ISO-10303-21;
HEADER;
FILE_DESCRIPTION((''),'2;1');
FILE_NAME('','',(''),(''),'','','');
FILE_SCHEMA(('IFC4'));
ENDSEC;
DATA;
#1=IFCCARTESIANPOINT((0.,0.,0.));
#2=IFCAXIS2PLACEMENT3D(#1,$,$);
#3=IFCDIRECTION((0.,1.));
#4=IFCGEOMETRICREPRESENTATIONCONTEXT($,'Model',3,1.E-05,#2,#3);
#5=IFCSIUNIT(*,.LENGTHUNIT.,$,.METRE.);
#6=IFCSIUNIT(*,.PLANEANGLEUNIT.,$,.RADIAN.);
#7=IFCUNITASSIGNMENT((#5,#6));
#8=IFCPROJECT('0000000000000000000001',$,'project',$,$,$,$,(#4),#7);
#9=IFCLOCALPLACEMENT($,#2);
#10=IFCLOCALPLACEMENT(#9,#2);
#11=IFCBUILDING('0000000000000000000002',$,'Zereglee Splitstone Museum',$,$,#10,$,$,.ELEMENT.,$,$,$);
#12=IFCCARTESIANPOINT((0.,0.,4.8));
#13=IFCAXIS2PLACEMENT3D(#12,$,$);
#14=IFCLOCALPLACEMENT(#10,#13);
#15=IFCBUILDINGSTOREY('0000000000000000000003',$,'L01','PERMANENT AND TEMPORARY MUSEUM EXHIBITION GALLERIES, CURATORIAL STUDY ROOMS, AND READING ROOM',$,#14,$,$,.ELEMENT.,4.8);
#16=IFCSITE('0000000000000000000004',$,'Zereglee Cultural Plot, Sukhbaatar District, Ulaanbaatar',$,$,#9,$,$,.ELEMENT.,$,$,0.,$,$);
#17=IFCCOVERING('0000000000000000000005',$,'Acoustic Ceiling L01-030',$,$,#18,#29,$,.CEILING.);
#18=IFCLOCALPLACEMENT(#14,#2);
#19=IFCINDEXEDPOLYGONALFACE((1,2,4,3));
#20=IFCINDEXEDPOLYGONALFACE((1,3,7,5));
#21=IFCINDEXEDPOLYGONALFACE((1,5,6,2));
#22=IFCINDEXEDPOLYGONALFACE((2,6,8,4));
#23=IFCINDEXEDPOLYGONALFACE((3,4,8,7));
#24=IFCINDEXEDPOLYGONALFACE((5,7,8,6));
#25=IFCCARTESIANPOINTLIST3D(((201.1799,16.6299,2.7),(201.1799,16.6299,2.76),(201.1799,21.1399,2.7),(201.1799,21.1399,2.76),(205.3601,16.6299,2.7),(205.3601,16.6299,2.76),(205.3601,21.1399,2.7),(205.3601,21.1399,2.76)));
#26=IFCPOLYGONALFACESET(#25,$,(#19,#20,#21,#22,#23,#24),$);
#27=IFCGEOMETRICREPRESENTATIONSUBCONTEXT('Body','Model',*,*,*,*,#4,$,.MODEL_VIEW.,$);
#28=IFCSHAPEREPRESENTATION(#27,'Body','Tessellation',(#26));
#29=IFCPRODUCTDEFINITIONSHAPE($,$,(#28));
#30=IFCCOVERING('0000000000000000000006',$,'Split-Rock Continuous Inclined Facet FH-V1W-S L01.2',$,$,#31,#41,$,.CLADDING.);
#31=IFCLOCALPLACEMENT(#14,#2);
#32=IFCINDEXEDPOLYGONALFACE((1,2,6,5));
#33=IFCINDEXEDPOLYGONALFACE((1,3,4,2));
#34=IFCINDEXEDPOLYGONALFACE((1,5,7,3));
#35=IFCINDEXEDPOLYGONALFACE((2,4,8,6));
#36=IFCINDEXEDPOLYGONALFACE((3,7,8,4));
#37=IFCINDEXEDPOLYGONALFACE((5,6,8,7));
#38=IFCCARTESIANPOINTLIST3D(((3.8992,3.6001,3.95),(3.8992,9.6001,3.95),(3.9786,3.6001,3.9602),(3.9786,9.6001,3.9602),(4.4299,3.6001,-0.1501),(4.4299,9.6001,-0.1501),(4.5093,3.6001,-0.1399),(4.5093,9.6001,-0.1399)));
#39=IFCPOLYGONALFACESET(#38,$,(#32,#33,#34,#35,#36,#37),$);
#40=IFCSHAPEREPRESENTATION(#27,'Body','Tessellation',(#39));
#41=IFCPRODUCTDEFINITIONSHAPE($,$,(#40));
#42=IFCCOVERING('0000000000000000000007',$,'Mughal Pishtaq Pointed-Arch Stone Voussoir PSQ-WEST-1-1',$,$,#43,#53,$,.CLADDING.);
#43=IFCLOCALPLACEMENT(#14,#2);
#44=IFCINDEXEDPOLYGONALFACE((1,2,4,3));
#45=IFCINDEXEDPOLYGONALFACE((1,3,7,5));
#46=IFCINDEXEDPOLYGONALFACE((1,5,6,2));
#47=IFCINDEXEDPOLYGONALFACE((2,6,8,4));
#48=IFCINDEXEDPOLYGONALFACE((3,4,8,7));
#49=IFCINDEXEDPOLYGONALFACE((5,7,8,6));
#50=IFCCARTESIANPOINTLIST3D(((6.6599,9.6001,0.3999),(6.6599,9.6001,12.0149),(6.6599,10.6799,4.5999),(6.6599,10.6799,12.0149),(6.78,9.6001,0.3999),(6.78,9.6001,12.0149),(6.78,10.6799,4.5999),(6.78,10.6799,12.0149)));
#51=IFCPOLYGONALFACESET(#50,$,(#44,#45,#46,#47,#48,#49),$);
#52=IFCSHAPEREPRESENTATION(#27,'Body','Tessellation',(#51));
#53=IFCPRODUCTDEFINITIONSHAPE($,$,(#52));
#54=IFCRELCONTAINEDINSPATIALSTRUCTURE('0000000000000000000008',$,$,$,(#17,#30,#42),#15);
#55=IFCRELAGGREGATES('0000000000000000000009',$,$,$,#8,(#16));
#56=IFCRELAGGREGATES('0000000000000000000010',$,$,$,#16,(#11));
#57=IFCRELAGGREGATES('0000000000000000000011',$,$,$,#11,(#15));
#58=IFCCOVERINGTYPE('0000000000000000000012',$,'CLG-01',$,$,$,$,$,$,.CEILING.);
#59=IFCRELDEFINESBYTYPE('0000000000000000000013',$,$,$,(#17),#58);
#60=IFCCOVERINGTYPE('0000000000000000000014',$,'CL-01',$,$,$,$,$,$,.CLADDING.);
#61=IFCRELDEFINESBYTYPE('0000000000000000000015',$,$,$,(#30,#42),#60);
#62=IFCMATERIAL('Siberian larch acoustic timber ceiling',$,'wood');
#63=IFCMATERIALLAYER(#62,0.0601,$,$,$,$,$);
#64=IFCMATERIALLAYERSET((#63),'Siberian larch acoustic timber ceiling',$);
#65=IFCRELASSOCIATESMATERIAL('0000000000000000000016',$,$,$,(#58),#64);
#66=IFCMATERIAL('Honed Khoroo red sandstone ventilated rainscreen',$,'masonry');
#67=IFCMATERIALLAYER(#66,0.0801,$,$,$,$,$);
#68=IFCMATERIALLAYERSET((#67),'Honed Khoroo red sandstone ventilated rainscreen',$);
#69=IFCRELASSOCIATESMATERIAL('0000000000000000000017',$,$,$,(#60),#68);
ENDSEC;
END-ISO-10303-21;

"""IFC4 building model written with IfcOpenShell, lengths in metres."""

from ifc_helpers import new_model, si_unit, direction, frame, origin, place, context, subcontext, project, spatial, polyline, outline, extrude, material, layer, layer_set, type_object, element, save


model = new_model("IFC4")

# Units and contexts
model_context = context("Model", 3, precision=1e-05, world=origin(), true_north=direction((0.0, 1.0)))
body_context = subcontext(model_context, "Body", "Model", "MODEL_VIEW")
ifc_project = project(units=[si_unit("LENGTHUNIT", "METRE"), si_unit("PLANEANGLEUNIT", "RADIAN")], contexts=[model_context])

# Site, building, storey
site_placement = place(None, origin())
site = spatial("IfcSite", under=ifc_project, at=site_placement, Name="Zereglee Cultural Plot, Sukhbaatar District, Ulaanbaatar", CompositionType="ELEMENT", RefElevation=0.0)
building_placement = place(site_placement, origin())
building = spatial("IfcBuilding", under=site, at=building_placement, Name="Zereglee Splitstone Museum", CompositionType="ELEMENT")
storey_placement = place(building_placement, frame((0.0, 0.0, 4.8)))
storey = spatial("IfcBuildingStorey", under=building, at=storey_placement, Name="L01", Description="PERMANENT AND TEMPORARY MUSEUM EXHIBITION GALLERIES, CURATORIAL STUDY ROOMS, AND READING ROOM", CompositionType="ELEMENT", Elevation=4.8)

# Coverings
ifc_material_1 = material(Name="Siberian larch acoustic timber ceiling", Category="wood")
ifc_layer_1 = layer(ifc_material_1, 0.0601)
ifc_layer_set_1 = layer_set([ifc_layer_1], Name="Siberian larch acoustic timber ceiling")
covering_type_1 = type_object("IfcCoveringType", Name="CLG-01", PredefinedType="CEILING", material=ifc_layer_set_1)
covering_1_placement = place(storey_placement, frame((0.0, 0.0, 2.7)))
element("IfcCovering", 1, at=covering_1_placement, inside=storey, type_object=covering_type_1, Name="Acoustic Ceiling L01-030", PredefinedType="CEILING", context=body_context, shape_type="SweptSolid", body=[
    extrude(outline(polyline([(201.1799, 21.1399), (205.3601, 21.1399), (205.3601, 16.6299), (201.1799, 16.6299), (201.1799, 21.1399)])), origin(), (0.0, 0.0, 1.0), 0.0601),
])
ifc_material_2 = material(Name="Honed Khoroo red sandstone ventilated rainscreen", Category="masonry")
ifc_layer_2 = layer(ifc_material_2, 0.0801)
ifc_layer_set_2 = layer_set([ifc_layer_2], Name="Honed Khoroo red sandstone ventilated rainscreen")
covering_type_2 = type_object("IfcCoveringType", Name="CL-01", PredefinedType="CLADDING", material=ifc_layer_set_2)
covering_2_placement = place(storey_placement, frame((3.8992, 3.6001, 3.95), z_axis=(-0.991725, 0.0, -0.12838), x_axis=(0.0, 1.0, 0.0)))
element("IfcCovering", 2, at=covering_2_placement, inside=storey, type_object=covering_type_2, Name="Split-Rock Continuous Inclined Facet FH-V1W-S L01.2", PredefinedType="CLADDING", context=body_context, shape_type="SweptSolid", body=[
    extrude(outline(polyline([(0.0, 0.0), (6.0, 0.0), (6.0, 4.1343), (0.0, 4.1343), (0.0, 0.0)])), origin(), (0.0, 0.0, -1.0), 0.0801),
])
covering_3_placement = place(storey_placement, frame((6.6599, 9.6001, 12.0149), z_axis=(-1.0, 0.0, 0.0), x_axis=(0.0, 1.0, 0.0)))
element("IfcCovering", 3, at=covering_3_placement, inside=storey, type_object=covering_type_2, Name="Mughal Pishtaq Pointed-Arch Stone Voussoir PSQ-WEST-1-1", PredefinedType="CLADDING", context=body_context, shape_type="SweptSolid", body=[
    extrude(outline(polyline([(0.0, 0.0), (1.0798, 0.0), (1.0798, 7.415), (0.0, 11.615), (0.0, 0.0)])), origin(), (0.0, 0.0, -1.0), 0.1201),
])

save(model, "model.ifc")
